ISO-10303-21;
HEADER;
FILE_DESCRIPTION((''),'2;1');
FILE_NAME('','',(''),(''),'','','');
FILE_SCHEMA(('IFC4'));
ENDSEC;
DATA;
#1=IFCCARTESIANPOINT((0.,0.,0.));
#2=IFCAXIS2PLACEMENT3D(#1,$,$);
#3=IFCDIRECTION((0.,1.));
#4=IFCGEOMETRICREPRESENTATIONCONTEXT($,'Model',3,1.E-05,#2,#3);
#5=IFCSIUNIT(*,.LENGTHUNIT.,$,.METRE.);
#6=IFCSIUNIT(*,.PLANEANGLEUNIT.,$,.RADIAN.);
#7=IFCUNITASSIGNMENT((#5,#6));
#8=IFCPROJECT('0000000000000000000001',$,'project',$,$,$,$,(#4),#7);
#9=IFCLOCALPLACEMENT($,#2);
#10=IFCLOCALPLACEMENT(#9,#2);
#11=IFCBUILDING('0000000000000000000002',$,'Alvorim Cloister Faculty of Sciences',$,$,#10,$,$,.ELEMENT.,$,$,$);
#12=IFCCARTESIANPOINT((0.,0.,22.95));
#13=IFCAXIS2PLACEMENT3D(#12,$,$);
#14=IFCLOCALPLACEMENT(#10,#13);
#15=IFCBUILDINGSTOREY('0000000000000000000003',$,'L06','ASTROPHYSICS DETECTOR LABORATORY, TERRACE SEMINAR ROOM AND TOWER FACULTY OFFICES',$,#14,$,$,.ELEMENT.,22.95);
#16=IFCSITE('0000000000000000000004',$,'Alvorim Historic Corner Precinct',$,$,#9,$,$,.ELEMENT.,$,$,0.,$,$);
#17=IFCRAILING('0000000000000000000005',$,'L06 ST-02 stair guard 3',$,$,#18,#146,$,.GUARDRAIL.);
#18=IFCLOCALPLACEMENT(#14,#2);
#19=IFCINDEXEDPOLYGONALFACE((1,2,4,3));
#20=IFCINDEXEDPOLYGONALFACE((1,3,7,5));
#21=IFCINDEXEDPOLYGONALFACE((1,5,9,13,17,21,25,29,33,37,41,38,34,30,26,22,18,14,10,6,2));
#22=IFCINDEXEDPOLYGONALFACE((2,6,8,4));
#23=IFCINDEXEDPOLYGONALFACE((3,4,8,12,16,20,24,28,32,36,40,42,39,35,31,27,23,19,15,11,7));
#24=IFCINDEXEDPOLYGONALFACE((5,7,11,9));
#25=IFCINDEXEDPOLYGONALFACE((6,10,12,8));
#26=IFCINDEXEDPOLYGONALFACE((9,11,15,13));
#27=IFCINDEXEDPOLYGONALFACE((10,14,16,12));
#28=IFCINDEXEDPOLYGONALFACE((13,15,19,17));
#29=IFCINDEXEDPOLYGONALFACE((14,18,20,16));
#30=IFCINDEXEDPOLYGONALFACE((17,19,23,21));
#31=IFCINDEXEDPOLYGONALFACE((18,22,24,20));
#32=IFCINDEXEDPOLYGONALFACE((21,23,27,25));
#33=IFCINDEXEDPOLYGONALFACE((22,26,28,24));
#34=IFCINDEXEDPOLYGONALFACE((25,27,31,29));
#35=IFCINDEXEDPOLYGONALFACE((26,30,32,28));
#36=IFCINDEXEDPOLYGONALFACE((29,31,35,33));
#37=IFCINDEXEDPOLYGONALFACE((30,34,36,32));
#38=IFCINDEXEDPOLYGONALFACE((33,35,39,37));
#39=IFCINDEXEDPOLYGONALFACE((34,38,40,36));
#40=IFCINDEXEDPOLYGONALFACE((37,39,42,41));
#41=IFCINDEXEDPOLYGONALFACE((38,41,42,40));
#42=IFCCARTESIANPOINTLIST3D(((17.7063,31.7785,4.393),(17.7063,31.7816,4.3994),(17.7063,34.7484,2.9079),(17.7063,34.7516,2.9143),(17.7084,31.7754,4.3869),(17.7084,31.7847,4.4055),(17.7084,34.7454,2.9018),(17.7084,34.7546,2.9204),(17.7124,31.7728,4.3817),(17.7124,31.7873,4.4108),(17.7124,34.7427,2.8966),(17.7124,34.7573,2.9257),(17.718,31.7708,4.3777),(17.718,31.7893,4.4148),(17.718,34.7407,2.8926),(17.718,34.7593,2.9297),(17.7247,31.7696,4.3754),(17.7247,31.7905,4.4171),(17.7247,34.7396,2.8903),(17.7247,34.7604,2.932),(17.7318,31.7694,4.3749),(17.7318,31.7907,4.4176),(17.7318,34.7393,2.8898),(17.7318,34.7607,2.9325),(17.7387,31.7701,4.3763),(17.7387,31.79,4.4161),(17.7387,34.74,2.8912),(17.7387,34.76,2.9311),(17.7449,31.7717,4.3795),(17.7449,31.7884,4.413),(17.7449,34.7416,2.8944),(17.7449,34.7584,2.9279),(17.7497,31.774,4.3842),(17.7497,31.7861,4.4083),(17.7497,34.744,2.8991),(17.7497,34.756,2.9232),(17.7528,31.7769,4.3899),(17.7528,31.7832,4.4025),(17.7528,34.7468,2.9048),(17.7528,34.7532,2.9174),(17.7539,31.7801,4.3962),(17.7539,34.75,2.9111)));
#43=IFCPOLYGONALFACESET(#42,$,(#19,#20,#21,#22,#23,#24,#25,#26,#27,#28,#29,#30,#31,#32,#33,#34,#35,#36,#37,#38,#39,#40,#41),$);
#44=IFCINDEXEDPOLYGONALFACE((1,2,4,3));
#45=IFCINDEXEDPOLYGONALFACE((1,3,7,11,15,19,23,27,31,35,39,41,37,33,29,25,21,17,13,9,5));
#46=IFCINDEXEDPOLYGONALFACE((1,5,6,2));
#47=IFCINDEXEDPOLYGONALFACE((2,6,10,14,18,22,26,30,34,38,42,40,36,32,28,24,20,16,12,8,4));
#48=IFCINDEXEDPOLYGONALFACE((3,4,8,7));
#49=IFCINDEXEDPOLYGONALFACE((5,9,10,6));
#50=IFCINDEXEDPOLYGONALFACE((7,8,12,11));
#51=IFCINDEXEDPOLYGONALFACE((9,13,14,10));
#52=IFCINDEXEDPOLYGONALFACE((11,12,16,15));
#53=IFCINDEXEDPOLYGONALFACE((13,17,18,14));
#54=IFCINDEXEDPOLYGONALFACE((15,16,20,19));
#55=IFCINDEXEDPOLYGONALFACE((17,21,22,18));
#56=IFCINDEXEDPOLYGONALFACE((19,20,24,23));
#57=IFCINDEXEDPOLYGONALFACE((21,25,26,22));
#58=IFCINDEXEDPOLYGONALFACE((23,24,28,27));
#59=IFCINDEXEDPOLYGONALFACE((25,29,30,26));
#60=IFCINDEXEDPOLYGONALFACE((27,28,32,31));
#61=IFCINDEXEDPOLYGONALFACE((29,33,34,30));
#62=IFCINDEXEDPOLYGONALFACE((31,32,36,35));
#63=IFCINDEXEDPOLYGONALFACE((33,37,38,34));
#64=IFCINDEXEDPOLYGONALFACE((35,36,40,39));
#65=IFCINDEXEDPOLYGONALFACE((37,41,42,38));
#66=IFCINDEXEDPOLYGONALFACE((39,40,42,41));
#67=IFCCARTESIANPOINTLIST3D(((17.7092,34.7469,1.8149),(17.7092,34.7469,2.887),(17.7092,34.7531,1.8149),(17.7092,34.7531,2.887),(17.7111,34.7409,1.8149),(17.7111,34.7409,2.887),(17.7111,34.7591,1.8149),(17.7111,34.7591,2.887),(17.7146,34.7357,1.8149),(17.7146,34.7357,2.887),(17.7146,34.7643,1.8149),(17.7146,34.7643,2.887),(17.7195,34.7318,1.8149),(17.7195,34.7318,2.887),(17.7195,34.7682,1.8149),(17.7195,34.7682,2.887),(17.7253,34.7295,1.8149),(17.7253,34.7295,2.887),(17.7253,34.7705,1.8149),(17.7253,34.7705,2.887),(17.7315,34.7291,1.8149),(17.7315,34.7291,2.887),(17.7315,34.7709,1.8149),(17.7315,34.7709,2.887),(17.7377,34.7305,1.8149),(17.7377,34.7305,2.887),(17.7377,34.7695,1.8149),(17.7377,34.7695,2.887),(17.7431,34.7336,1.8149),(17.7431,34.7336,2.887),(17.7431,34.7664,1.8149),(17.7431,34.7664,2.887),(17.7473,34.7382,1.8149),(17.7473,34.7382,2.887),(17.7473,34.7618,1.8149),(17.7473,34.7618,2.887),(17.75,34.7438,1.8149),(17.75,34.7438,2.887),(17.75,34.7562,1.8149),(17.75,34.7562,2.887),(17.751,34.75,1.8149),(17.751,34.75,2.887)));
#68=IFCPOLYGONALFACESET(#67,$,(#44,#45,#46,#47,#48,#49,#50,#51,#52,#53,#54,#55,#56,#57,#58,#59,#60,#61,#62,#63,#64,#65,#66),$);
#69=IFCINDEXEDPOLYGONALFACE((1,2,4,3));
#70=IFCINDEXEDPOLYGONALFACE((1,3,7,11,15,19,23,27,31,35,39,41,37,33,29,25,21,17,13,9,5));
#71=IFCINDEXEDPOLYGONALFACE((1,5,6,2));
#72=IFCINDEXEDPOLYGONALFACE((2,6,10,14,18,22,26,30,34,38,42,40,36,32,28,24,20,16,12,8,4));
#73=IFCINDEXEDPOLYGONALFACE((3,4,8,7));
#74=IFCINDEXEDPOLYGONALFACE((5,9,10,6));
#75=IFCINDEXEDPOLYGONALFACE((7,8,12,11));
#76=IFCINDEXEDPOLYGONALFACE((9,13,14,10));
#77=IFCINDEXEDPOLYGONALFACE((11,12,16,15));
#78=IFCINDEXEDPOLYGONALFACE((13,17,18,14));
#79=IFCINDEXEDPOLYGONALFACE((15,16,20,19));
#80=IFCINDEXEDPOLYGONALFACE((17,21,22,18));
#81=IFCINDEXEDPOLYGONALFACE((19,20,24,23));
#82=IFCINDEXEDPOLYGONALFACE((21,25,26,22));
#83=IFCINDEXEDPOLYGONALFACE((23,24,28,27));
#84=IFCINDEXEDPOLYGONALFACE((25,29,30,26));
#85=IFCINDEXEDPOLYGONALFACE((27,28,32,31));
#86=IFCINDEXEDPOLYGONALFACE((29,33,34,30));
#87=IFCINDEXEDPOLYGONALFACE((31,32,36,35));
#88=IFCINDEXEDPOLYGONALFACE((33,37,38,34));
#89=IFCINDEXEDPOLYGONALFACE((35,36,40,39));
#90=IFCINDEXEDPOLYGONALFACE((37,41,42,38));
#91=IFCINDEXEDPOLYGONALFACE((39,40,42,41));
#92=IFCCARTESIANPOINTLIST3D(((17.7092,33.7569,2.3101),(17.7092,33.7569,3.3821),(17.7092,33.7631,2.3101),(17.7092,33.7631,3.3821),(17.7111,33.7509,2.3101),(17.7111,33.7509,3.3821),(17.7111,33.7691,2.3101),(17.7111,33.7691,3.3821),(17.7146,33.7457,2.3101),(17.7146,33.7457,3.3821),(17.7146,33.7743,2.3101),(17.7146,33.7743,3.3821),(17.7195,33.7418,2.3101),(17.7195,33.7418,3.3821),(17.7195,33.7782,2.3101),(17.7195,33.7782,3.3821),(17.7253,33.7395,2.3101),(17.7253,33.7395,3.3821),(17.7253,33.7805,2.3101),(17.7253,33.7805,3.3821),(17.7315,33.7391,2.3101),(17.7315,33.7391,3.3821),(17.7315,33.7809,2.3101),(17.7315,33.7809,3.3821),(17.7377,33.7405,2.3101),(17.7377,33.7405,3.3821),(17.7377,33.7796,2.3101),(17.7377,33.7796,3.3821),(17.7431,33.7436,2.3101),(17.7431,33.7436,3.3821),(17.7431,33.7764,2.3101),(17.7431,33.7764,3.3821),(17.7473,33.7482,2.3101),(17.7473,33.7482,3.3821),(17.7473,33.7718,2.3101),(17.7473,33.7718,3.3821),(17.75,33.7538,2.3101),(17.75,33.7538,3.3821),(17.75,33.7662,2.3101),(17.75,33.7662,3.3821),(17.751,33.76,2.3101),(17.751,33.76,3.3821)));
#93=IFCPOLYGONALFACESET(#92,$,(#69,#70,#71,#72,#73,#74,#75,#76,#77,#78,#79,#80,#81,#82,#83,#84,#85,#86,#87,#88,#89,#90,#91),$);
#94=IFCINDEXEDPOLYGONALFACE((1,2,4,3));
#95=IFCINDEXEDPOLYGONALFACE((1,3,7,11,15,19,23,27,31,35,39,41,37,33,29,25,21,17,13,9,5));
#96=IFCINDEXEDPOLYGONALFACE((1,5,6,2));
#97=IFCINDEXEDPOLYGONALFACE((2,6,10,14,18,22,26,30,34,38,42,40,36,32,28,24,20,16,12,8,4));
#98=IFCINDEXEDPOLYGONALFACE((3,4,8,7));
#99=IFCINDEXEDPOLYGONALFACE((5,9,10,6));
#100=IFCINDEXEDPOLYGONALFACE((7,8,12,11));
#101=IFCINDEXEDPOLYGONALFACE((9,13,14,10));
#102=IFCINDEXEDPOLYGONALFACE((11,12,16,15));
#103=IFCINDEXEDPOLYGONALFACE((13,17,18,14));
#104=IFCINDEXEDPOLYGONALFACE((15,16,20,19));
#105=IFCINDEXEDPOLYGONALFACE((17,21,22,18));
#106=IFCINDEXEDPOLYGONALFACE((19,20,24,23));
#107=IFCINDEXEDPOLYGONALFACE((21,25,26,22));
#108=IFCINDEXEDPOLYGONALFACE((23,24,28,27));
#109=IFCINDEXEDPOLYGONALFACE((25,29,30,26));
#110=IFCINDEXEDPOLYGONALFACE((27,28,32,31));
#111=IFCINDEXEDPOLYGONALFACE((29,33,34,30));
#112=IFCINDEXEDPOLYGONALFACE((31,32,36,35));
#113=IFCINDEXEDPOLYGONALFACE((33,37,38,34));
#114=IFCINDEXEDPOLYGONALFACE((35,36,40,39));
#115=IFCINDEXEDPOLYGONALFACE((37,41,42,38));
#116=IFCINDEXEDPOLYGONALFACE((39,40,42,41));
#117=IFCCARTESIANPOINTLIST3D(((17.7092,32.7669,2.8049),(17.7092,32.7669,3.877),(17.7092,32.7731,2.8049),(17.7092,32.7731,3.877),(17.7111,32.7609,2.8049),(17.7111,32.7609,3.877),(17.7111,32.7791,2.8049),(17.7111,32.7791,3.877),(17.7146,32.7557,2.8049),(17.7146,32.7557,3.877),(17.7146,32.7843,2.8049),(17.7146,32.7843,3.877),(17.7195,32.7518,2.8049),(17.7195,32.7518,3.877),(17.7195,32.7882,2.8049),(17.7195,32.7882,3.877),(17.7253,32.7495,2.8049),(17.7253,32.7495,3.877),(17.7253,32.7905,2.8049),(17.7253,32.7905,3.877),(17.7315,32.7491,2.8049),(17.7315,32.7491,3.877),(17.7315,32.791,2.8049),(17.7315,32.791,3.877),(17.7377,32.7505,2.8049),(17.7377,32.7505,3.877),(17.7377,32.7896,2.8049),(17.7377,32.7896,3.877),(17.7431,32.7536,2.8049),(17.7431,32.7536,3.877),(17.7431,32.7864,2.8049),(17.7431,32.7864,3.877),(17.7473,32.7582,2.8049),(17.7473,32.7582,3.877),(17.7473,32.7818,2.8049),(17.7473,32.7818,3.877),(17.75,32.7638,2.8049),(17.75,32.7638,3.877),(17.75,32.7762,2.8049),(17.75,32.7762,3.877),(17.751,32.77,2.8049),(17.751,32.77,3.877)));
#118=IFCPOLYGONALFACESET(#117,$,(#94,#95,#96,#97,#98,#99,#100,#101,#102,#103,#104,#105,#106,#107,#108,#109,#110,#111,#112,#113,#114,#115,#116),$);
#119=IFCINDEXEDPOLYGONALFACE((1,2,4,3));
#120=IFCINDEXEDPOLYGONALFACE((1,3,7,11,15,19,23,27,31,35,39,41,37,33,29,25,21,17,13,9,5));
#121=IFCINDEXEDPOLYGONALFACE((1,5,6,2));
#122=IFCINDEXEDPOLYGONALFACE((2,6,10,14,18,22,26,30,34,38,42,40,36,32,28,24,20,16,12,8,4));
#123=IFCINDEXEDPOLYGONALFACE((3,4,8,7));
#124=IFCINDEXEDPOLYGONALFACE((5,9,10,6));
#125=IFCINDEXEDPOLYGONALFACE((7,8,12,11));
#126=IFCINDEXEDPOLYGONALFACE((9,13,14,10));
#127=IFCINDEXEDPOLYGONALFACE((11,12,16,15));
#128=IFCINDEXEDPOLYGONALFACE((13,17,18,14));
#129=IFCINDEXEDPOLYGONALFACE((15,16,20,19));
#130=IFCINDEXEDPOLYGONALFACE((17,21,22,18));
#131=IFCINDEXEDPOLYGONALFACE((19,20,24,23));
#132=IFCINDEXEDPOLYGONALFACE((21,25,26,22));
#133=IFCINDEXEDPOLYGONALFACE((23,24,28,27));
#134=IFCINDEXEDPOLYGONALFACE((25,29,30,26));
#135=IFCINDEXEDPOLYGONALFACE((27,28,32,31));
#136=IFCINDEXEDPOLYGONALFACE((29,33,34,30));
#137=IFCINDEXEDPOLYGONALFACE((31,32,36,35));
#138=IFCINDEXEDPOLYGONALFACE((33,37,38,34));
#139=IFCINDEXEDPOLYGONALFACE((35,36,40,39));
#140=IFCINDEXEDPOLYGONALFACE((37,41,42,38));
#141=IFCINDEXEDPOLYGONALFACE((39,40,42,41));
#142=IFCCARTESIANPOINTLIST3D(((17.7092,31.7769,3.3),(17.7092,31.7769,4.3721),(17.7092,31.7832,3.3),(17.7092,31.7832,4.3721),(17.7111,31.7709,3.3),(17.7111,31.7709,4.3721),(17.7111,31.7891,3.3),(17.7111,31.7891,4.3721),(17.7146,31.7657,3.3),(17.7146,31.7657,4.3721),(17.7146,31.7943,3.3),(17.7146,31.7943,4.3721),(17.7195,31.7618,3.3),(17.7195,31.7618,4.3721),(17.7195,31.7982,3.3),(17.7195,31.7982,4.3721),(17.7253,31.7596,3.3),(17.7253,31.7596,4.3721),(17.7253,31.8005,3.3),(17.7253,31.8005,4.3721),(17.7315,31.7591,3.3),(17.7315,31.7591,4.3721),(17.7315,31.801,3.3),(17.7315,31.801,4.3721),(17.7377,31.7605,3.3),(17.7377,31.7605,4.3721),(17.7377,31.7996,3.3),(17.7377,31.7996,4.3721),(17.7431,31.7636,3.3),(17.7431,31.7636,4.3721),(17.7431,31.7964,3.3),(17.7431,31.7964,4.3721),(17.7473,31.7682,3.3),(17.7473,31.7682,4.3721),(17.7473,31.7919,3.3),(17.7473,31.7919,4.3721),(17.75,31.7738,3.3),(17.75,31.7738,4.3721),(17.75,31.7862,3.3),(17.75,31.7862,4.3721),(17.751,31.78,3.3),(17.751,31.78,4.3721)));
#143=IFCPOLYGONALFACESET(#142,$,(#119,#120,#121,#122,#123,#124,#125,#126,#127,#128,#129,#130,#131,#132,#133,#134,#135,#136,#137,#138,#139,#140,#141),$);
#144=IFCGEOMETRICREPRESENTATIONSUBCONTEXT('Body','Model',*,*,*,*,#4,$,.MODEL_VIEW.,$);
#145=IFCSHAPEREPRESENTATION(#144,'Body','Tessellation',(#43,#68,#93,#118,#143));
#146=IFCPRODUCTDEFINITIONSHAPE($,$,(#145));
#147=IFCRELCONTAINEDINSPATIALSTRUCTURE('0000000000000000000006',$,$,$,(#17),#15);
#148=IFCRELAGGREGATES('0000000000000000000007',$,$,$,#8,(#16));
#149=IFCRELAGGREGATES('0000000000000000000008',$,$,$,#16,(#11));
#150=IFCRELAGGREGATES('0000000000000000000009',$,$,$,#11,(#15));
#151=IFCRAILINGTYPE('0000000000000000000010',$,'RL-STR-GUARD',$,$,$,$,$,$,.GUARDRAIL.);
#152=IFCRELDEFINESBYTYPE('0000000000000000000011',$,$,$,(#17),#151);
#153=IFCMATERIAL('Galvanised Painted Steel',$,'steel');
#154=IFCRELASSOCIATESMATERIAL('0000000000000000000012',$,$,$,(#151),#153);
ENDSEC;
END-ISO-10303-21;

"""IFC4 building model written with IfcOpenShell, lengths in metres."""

from ifc_helpers import new_model, si_unit, direction, frame, origin, origin_2d, place, context, subcontext, project, spatial, circle, extrude, material, type_object, element, save


model = new_model("IFC4")

# Units and contexts
model_context = context("Model", 3, precision=1e-05, world=origin(), true_north=direction((0.0, 1.0)))
body_context = subcontext(model_context, "Body", "Model", "MODEL_VIEW")
ifc_project = project(units=[si_unit("LENGTHUNIT", "METRE"), si_unit("PLANEANGLEUNIT", "RADIAN")], contexts=[model_context])

# Site, building, storey
site_placement = place(None, origin())
site = spatial("IfcSite", under=ifc_project, at=site_placement, Name="Alvorim Historic Corner Precinct", CompositionType="ELEMENT", RefElevation=0.0)
building_placement = place(site_placement, origin())
building = spatial("IfcBuilding", under=site, at=building_placement, Name="Alvorim Cloister Faculty of Sciences", CompositionType="ELEMENT")
storey_placement = place(building_placement, frame((0.0, 0.0, 22.95)))
storey = spatial("IfcBuildingStorey", under=building, at=storey_placement, Name="L06", Description="ASTROPHYSICS DETECTOR LABORATORY, TERRACE SEMINAR ROOM AND TOWER FACULTY OFFICES", CompositionType="ELEMENT", Elevation=22.95)

# Railing
ifc_material_1 = material(Name="Galvanised Painted Steel", Category="steel")
railing_type_1 = type_object("IfcRailingType", Name="RL-STR-GUARD", PredefinedType="GUARDRAIL", material=ifc_material_1)
railing_1_placement = place(storey_placement, frame((17.73, 34.75, 1.8149)))
element("IfcRailing", 1, at=railing_1_placement, inside=storey, type_object=railing_type_1, Name="L06 ST-02 stair guard 3", PredefinedType="GUARDRAIL", context=body_context, shape_type="SweptSolid", body=[
    extrude(circle(Radius=0.0239, at=origin_2d()), frame((0.0, 0.0, 1.0962), z_axis=(0.0, -0.894412, 0.447243), x_axis=(1.0, 0.0, 0.0)), (0.0, 0.0, 1.0), 3.3206),
    extrude(circle(Radius=0.021, at=origin_2d()), origin(), (0.0, 0.0, 1.0), 1.072),
    extrude(circle(Radius=0.021, at=origin_2d()), frame((0.0, -0.99, 0.4951)), (0.0, 0.0, 1.0), 1.072),
    extrude(circle(Radius=0.021, at=origin_2d()), frame((0.0, -1.98, 0.99)), (0.0, 0.0, 1.0), 1.072),
    extrude(circle(Radius=0.021, at=origin_2d()), frame((0.0, -2.97, 1.4851)), (0.0, 0.0, 1.0), 1.072),
])

save(model, "model.ifc")
